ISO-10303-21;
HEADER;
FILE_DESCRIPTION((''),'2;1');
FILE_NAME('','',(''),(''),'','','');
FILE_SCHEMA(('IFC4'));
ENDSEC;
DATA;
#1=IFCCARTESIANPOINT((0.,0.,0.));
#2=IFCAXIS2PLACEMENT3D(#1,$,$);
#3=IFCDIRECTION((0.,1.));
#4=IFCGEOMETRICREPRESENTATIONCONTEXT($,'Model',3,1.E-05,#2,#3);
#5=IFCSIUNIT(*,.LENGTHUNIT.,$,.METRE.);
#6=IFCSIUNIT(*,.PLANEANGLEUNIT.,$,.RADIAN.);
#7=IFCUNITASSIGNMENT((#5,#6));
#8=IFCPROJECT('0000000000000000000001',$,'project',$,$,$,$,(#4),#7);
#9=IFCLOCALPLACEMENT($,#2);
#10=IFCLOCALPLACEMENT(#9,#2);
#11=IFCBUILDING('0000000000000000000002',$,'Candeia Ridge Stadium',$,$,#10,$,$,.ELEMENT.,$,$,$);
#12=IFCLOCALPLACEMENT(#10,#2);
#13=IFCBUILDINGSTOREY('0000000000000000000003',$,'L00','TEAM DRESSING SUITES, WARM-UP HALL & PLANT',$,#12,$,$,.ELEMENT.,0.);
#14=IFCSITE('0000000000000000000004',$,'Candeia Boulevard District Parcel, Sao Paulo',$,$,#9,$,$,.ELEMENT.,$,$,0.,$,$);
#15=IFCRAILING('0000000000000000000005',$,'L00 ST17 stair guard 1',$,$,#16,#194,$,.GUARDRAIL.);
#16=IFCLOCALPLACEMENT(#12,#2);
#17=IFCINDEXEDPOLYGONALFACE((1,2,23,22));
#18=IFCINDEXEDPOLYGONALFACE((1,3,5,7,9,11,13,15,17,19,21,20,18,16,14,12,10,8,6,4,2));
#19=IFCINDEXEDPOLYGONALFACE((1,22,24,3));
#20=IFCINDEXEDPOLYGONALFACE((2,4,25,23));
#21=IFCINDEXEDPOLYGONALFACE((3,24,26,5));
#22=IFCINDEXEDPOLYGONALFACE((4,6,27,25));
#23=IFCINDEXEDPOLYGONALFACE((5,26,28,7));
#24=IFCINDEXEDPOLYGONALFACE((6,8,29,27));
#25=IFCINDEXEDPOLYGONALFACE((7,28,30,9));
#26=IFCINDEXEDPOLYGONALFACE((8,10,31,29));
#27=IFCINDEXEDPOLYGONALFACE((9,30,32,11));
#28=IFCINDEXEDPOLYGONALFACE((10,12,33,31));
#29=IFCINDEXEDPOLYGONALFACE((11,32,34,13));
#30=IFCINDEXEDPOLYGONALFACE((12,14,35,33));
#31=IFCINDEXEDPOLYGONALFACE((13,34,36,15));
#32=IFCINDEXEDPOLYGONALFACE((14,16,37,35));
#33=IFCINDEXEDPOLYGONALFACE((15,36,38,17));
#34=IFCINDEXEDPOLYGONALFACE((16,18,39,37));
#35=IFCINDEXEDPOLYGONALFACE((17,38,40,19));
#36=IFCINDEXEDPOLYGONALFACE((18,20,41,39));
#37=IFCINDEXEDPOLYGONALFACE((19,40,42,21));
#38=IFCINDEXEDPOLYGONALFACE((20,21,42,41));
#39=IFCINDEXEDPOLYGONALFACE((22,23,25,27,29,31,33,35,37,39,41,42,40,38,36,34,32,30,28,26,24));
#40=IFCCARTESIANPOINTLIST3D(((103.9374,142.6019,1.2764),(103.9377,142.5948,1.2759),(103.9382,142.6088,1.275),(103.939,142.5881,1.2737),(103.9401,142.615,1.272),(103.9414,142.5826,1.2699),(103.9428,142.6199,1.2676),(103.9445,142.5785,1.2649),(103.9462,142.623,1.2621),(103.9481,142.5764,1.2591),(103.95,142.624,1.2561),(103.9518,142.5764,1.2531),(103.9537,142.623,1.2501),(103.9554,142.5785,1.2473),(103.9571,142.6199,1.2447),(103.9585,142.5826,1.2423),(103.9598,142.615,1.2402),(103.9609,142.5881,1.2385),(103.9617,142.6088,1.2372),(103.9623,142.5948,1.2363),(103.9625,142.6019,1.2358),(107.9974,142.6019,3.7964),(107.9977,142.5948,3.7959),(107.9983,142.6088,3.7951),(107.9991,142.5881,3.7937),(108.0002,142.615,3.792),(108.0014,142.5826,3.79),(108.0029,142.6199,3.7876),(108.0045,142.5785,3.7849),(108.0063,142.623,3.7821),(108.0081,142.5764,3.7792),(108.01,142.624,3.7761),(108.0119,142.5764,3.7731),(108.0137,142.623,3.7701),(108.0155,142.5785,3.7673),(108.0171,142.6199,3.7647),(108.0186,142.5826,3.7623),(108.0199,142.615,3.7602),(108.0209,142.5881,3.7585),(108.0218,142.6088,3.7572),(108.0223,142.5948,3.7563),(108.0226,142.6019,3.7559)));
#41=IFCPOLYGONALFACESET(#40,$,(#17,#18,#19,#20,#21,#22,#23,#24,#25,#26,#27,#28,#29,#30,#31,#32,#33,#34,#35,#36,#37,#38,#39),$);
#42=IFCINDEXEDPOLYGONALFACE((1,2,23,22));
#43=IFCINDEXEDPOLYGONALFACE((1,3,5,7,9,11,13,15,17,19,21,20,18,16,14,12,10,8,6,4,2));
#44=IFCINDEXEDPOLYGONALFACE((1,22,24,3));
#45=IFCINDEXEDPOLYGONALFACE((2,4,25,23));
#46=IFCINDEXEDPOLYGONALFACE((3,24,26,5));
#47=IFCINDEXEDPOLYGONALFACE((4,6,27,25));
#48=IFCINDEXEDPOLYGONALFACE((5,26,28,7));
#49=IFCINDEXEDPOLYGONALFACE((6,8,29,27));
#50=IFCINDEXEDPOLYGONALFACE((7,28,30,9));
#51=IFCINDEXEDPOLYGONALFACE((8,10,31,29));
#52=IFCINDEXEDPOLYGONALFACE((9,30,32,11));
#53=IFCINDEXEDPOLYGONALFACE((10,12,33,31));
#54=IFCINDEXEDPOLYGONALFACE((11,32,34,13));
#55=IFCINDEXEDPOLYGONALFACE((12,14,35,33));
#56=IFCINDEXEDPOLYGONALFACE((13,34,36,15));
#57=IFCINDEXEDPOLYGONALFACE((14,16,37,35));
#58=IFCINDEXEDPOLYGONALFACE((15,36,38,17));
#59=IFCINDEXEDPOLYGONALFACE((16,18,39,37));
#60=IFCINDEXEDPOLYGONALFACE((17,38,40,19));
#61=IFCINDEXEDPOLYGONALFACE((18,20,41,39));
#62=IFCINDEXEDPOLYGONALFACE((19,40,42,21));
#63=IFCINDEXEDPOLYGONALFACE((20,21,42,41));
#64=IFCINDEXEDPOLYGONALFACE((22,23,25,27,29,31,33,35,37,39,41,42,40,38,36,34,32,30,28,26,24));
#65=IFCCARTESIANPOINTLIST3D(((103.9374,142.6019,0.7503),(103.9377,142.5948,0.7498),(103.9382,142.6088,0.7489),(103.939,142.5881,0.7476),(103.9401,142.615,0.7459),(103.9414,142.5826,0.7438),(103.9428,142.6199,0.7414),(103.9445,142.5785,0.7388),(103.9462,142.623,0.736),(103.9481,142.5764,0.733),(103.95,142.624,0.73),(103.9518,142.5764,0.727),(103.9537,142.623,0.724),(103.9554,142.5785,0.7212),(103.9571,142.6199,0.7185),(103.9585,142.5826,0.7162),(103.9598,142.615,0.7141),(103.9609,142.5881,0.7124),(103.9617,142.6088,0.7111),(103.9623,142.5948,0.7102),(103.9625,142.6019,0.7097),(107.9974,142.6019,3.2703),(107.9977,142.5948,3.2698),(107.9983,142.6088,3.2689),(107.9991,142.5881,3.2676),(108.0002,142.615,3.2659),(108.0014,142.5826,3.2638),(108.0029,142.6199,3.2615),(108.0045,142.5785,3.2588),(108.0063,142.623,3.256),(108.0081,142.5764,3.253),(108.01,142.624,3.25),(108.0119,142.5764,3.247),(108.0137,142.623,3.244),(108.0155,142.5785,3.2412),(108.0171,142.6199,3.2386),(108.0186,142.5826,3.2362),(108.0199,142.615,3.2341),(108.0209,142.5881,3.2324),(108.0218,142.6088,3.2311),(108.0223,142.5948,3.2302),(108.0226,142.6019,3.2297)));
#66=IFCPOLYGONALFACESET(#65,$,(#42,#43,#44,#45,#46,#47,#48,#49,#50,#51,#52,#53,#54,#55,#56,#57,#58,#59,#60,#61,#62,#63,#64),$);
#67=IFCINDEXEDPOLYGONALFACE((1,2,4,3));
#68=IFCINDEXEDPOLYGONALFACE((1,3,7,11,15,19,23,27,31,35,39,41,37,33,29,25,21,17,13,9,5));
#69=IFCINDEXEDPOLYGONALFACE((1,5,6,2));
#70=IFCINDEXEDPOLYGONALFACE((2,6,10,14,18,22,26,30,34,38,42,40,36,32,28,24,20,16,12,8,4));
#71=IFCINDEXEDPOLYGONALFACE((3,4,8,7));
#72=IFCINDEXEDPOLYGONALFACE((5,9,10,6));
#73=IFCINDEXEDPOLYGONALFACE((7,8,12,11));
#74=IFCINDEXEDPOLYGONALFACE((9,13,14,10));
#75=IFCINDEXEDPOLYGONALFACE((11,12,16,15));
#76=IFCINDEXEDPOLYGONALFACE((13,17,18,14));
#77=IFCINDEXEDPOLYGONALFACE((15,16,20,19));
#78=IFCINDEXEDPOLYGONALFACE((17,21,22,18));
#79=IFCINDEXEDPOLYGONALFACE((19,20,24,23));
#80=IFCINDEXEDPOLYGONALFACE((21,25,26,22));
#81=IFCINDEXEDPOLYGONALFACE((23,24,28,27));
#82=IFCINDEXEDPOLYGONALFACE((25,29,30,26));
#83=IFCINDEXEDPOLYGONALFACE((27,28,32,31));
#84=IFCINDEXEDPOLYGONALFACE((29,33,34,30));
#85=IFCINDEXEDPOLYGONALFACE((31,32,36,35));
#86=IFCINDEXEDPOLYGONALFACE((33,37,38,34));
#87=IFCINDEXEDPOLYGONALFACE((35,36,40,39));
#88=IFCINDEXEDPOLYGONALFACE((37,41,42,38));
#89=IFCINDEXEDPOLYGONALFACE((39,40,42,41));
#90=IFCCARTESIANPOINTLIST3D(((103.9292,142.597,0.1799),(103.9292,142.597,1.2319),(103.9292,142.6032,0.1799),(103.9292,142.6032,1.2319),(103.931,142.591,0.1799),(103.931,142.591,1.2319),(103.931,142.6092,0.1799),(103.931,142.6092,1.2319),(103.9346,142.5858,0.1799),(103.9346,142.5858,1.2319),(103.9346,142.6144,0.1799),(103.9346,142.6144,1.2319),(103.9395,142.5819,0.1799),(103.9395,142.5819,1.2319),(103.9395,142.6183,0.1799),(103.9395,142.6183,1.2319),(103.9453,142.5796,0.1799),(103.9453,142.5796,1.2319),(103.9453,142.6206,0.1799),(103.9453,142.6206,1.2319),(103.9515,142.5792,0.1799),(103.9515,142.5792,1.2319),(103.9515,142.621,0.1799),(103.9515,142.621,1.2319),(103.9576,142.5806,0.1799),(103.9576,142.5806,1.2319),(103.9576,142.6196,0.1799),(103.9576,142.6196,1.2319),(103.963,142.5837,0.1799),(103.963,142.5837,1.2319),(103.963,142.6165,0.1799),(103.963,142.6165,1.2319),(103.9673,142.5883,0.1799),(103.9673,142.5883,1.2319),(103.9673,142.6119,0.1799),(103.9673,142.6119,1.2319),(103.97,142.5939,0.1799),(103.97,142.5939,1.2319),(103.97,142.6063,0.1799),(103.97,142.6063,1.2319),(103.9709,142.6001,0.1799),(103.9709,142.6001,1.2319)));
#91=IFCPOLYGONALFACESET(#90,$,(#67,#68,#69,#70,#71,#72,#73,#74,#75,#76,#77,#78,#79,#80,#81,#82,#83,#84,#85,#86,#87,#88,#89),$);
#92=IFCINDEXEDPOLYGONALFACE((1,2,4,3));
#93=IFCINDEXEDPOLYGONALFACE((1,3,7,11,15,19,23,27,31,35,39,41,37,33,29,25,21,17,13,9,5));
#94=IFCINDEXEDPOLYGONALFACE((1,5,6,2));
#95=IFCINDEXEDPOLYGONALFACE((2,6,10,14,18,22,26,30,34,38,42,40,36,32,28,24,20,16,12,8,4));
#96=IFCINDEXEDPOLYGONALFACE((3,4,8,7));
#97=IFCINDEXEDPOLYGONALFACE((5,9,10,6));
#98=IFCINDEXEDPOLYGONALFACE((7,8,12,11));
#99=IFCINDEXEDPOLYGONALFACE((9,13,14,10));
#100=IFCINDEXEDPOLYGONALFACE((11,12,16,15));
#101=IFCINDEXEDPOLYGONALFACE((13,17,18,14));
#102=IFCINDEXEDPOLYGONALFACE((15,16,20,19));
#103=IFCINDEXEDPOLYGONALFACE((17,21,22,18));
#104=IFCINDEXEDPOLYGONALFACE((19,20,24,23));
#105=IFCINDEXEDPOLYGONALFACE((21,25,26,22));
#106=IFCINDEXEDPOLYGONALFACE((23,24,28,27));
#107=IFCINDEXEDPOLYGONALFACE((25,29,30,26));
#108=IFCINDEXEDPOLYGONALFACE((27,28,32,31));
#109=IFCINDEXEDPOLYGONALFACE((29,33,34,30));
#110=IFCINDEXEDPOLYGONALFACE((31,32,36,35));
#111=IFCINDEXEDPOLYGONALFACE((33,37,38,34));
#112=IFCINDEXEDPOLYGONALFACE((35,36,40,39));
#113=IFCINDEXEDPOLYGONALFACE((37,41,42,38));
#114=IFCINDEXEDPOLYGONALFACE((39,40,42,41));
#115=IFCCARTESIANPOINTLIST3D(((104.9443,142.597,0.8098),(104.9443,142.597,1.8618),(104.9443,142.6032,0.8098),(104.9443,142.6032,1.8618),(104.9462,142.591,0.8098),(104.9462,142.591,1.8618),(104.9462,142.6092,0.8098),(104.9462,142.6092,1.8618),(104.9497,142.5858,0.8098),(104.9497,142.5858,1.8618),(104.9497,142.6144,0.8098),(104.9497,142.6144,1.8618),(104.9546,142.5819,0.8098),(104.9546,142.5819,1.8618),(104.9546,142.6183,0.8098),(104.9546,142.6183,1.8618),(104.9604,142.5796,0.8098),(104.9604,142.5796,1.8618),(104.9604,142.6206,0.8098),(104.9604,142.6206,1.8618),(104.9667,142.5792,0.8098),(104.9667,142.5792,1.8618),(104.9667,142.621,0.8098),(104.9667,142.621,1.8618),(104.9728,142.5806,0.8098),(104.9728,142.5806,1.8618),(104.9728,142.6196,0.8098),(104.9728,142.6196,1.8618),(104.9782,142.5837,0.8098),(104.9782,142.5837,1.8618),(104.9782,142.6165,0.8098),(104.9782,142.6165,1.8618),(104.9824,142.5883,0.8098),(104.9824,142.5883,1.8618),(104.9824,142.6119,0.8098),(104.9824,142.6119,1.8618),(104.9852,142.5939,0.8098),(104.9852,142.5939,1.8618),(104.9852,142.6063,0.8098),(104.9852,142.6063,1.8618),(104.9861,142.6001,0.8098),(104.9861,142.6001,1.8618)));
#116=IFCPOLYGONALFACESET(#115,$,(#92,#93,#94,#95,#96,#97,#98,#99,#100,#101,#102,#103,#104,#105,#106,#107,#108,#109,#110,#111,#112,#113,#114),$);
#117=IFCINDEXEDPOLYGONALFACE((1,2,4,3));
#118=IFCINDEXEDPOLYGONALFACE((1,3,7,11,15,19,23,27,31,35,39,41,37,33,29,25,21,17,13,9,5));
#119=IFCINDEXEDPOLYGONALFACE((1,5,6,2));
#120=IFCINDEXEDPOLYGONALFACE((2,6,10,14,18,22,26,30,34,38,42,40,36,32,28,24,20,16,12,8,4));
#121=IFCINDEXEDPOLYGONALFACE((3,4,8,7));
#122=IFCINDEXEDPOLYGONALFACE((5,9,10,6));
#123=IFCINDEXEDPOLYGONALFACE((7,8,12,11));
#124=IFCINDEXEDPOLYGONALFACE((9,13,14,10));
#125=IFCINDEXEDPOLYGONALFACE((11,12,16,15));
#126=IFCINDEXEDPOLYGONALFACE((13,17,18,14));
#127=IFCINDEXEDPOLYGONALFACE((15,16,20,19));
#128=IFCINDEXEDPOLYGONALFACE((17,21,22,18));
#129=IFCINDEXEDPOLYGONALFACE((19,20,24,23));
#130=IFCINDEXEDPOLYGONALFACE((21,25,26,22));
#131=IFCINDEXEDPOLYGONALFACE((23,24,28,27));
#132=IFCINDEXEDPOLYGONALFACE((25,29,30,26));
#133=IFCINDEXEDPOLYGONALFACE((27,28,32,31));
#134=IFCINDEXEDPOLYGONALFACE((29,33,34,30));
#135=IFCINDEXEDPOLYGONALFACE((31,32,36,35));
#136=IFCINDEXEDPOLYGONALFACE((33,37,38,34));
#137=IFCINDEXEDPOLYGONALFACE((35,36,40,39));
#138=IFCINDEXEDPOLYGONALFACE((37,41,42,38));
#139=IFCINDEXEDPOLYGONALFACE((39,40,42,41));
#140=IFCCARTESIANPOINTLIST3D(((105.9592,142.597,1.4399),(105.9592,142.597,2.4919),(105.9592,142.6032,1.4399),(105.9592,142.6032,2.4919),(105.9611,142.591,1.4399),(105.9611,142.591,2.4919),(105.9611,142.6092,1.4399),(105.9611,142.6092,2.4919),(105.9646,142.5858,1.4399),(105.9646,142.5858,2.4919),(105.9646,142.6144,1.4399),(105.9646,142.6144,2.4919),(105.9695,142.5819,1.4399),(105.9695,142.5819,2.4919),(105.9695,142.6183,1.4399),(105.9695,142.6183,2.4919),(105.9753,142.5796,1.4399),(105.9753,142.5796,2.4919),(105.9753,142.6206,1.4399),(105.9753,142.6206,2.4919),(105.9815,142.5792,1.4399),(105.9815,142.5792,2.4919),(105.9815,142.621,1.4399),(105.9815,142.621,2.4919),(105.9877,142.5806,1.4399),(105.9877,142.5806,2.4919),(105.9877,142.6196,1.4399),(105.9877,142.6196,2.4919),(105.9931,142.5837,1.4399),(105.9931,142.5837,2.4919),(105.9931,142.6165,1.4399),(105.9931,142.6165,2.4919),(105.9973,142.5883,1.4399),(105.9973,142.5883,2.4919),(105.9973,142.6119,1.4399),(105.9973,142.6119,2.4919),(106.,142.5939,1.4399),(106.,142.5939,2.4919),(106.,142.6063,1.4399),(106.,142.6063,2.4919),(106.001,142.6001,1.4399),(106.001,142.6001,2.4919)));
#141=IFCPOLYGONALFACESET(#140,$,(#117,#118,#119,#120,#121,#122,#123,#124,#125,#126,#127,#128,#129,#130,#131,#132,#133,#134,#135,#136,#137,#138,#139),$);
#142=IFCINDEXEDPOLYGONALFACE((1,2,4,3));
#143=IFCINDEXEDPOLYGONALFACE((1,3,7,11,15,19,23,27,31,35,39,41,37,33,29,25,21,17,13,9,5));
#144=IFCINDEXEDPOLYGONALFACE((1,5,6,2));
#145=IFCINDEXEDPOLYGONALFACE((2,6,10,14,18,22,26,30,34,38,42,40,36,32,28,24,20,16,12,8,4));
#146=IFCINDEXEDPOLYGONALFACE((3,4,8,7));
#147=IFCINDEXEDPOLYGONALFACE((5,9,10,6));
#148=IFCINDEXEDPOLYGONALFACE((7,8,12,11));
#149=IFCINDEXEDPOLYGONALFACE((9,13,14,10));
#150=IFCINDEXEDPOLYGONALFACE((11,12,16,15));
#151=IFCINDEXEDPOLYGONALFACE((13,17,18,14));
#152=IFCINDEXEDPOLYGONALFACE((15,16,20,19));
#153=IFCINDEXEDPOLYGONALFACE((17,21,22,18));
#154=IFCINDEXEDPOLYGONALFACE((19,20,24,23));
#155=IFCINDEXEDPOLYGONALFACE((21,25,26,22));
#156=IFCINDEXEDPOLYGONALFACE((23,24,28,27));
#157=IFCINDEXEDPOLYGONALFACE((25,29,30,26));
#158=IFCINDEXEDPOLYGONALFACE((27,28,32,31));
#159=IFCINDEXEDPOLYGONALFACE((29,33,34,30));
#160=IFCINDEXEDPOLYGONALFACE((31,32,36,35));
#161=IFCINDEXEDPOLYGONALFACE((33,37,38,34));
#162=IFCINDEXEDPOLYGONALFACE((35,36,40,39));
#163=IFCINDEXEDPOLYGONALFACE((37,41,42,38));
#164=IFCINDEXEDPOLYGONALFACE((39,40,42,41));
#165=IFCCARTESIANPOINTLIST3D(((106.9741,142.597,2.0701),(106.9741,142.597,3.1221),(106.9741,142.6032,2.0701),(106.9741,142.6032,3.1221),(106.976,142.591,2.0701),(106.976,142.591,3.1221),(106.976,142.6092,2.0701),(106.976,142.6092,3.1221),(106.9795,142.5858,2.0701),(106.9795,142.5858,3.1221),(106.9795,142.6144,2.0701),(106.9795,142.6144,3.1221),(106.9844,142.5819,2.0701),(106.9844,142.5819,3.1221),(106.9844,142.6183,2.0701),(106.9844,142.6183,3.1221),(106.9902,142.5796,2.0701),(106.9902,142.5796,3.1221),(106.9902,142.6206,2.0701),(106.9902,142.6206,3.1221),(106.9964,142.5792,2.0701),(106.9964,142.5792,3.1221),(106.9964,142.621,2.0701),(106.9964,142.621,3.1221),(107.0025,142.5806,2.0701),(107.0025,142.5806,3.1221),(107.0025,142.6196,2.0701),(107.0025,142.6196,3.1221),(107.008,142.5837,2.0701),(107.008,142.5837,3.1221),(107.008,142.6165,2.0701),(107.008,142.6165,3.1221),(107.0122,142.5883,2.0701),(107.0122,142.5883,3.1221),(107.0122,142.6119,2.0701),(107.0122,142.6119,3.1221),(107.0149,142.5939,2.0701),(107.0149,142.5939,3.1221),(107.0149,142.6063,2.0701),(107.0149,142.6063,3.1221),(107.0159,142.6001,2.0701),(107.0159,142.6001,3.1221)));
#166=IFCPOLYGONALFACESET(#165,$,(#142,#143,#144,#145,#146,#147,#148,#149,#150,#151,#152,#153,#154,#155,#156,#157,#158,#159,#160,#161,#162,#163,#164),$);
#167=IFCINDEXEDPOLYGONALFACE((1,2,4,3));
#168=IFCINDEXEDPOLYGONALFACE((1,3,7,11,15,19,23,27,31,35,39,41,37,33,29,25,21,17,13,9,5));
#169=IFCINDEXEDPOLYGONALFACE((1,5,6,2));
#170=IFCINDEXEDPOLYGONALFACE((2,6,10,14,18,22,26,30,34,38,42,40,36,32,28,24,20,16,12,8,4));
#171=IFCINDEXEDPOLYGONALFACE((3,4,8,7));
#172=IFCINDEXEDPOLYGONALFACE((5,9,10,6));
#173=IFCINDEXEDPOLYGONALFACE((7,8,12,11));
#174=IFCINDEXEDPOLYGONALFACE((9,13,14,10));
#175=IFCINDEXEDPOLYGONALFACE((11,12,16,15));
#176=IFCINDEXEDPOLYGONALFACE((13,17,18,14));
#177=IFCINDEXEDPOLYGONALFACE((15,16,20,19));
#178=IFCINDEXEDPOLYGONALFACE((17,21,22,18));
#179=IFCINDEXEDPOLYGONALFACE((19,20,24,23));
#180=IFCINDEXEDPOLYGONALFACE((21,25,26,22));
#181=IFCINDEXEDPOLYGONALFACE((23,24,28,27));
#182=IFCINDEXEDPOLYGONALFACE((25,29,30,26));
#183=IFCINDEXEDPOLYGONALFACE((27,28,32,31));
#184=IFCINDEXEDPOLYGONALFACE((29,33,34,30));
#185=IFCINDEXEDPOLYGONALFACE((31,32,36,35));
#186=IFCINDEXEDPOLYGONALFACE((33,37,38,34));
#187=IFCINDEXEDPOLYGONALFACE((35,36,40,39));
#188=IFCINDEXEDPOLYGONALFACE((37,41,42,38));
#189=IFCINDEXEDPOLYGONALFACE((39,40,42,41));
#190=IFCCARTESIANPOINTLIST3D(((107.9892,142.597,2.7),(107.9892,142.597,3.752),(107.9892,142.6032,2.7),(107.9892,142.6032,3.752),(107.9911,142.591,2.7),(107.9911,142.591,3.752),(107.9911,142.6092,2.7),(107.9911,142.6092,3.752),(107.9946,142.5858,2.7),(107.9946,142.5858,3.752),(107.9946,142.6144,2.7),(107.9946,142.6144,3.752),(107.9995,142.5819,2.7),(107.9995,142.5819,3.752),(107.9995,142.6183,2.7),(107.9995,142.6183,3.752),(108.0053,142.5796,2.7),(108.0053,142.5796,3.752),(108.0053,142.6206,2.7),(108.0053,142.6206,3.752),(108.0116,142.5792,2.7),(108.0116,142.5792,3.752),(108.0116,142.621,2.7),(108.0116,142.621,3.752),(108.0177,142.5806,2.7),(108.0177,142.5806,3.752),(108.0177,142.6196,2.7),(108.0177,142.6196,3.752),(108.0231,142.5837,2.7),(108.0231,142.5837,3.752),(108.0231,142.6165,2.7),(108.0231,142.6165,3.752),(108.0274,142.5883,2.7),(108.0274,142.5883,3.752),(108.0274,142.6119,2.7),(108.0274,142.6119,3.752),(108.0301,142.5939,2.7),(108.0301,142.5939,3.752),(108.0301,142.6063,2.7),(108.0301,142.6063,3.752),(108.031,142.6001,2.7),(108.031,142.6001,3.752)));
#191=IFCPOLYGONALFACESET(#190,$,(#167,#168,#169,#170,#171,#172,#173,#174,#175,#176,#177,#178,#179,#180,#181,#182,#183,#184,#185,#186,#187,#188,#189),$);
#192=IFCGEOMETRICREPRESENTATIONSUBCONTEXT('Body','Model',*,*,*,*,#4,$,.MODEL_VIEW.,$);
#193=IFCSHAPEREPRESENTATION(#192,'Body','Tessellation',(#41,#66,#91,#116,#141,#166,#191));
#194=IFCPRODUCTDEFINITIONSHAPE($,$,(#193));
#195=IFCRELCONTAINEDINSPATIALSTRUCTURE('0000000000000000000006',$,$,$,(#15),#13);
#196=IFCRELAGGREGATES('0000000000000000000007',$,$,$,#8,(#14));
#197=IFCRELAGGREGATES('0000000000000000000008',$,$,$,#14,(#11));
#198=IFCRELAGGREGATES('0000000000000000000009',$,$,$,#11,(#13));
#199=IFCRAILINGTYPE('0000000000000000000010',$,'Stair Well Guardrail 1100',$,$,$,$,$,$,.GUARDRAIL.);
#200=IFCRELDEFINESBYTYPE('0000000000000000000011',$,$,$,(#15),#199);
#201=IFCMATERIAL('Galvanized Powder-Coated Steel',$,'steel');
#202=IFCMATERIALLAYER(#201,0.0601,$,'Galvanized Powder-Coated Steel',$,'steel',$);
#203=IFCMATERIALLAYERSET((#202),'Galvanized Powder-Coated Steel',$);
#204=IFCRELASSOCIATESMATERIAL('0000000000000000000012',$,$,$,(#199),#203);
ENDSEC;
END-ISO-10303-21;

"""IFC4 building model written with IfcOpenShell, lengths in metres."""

from ifc_helpers import new_model, si_unit, direction, frame, origin, origin_2d, place, context, subcontext, project, spatial, circle, extrude, material, layer, layer_set, type_object, element, save


model = new_model("IFC4")

# Units and contexts
model_context = context("Model", 3, precision=1e-05, world=origin(), true_north=direction((0.0, 1.0)))
body_context = subcontext(model_context, "Body", "Model", "MODEL_VIEW")
ifc_project = project(units=[si_unit("LENGTHUNIT", "METRE"), si_unit("PLANEANGLEUNIT", "RADIAN")], contexts=[model_context])

# Site, building, storey
site_placement = place(None, origin())
site = spatial("IfcSite", under=ifc_project, at=site_placement, Name="Candeia Boulevard District Parcel, Sao Paulo", CompositionType="ELEMENT", RefElevation=0.0)
building_placement = place(site_placement, origin())
building = spatial("IfcBuilding", under=site, at=building_placement, Name="Candeia Ridge Stadium", CompositionType="ELEMENT")
storey_placement = place(building_placement, origin())
storey = spatial("IfcBuildingStorey", under=building, at=storey_placement, Name="L00", Description="TEAM DRESSING SUITES, WARM-UP HALL & PLANT", CompositionType="ELEMENT", Elevation=0.0)

# Railing
ifc_material_1 = material(Name="Galvanized Powder-Coated Steel", Category="steel")
ifc_layer_1 = layer(ifc_material_1, 0.0601, Name="Galvanized Powder-Coated Steel", Category="steel")
ifc_layer_set_1 = layer_set([ifc_layer_1], Name="Galvanized Powder-Coated Steel")
railing_type = type_object("IfcRailingType", Name="Stair Well Guardrail 1100", PredefinedType="GUARDRAIL", material=ifc_layer_set_1)
railing_1_placement = place(storey_placement, frame((103.95, 142.6001, 0.1799)))
element("IfcRailing", 1, at=railing_1_placement, inside=storey, type_object=railing_type, Name="L00 ST17 stair guard 1", PredefinedType="GUARDRAIL", context=body_context, shape_type="SweptSolid", body=[
    extrude(circle(Radius=0.0239, at=origin_2d()), frame((0.0, 0.0, 1.0762), z_axis=(0.849642, 0.0, 0.52736), x_axis=(0.0, 1.0, 0.0)), (0.0, 0.0, 1.0), 4.7786),
    extrude(circle(Radius=0.0239, at=origin_2d()), frame((0.0, 0.0, 0.55), z_axis=(0.849642, 0.0, 0.52736), x_axis=(0.0, 1.0, 0.0)), (0.0, 0.0, 1.0), 4.7786),
    extrude(circle(Radius=0.021, at=origin_2d()), origin(), (0.0, 0.0, 1.0), 1.052),
    extrude(circle(Radius=0.021, at=origin_2d()), frame((1.0151, 0.0, 0.6299)), (0.0, 0.0, 1.0), 1.052),
    extrude(circle(Radius=0.021, at=origin_2d()), frame((2.03, 0.0, 1.26)), (0.0, 0.0, 1.0), 1.052),
    extrude(circle(Radius=0.021, at=origin_2d()), frame((3.0449, 0.0, 1.8901)), (0.0, 0.0, 1.0), 1.052),
    extrude(circle(Radius=0.021, at=origin_2d()), frame((4.0601, 0.0, 2.52)), (0.0, 0.0, 1.0), 1.052),
])

save(model, "model.ifc")
